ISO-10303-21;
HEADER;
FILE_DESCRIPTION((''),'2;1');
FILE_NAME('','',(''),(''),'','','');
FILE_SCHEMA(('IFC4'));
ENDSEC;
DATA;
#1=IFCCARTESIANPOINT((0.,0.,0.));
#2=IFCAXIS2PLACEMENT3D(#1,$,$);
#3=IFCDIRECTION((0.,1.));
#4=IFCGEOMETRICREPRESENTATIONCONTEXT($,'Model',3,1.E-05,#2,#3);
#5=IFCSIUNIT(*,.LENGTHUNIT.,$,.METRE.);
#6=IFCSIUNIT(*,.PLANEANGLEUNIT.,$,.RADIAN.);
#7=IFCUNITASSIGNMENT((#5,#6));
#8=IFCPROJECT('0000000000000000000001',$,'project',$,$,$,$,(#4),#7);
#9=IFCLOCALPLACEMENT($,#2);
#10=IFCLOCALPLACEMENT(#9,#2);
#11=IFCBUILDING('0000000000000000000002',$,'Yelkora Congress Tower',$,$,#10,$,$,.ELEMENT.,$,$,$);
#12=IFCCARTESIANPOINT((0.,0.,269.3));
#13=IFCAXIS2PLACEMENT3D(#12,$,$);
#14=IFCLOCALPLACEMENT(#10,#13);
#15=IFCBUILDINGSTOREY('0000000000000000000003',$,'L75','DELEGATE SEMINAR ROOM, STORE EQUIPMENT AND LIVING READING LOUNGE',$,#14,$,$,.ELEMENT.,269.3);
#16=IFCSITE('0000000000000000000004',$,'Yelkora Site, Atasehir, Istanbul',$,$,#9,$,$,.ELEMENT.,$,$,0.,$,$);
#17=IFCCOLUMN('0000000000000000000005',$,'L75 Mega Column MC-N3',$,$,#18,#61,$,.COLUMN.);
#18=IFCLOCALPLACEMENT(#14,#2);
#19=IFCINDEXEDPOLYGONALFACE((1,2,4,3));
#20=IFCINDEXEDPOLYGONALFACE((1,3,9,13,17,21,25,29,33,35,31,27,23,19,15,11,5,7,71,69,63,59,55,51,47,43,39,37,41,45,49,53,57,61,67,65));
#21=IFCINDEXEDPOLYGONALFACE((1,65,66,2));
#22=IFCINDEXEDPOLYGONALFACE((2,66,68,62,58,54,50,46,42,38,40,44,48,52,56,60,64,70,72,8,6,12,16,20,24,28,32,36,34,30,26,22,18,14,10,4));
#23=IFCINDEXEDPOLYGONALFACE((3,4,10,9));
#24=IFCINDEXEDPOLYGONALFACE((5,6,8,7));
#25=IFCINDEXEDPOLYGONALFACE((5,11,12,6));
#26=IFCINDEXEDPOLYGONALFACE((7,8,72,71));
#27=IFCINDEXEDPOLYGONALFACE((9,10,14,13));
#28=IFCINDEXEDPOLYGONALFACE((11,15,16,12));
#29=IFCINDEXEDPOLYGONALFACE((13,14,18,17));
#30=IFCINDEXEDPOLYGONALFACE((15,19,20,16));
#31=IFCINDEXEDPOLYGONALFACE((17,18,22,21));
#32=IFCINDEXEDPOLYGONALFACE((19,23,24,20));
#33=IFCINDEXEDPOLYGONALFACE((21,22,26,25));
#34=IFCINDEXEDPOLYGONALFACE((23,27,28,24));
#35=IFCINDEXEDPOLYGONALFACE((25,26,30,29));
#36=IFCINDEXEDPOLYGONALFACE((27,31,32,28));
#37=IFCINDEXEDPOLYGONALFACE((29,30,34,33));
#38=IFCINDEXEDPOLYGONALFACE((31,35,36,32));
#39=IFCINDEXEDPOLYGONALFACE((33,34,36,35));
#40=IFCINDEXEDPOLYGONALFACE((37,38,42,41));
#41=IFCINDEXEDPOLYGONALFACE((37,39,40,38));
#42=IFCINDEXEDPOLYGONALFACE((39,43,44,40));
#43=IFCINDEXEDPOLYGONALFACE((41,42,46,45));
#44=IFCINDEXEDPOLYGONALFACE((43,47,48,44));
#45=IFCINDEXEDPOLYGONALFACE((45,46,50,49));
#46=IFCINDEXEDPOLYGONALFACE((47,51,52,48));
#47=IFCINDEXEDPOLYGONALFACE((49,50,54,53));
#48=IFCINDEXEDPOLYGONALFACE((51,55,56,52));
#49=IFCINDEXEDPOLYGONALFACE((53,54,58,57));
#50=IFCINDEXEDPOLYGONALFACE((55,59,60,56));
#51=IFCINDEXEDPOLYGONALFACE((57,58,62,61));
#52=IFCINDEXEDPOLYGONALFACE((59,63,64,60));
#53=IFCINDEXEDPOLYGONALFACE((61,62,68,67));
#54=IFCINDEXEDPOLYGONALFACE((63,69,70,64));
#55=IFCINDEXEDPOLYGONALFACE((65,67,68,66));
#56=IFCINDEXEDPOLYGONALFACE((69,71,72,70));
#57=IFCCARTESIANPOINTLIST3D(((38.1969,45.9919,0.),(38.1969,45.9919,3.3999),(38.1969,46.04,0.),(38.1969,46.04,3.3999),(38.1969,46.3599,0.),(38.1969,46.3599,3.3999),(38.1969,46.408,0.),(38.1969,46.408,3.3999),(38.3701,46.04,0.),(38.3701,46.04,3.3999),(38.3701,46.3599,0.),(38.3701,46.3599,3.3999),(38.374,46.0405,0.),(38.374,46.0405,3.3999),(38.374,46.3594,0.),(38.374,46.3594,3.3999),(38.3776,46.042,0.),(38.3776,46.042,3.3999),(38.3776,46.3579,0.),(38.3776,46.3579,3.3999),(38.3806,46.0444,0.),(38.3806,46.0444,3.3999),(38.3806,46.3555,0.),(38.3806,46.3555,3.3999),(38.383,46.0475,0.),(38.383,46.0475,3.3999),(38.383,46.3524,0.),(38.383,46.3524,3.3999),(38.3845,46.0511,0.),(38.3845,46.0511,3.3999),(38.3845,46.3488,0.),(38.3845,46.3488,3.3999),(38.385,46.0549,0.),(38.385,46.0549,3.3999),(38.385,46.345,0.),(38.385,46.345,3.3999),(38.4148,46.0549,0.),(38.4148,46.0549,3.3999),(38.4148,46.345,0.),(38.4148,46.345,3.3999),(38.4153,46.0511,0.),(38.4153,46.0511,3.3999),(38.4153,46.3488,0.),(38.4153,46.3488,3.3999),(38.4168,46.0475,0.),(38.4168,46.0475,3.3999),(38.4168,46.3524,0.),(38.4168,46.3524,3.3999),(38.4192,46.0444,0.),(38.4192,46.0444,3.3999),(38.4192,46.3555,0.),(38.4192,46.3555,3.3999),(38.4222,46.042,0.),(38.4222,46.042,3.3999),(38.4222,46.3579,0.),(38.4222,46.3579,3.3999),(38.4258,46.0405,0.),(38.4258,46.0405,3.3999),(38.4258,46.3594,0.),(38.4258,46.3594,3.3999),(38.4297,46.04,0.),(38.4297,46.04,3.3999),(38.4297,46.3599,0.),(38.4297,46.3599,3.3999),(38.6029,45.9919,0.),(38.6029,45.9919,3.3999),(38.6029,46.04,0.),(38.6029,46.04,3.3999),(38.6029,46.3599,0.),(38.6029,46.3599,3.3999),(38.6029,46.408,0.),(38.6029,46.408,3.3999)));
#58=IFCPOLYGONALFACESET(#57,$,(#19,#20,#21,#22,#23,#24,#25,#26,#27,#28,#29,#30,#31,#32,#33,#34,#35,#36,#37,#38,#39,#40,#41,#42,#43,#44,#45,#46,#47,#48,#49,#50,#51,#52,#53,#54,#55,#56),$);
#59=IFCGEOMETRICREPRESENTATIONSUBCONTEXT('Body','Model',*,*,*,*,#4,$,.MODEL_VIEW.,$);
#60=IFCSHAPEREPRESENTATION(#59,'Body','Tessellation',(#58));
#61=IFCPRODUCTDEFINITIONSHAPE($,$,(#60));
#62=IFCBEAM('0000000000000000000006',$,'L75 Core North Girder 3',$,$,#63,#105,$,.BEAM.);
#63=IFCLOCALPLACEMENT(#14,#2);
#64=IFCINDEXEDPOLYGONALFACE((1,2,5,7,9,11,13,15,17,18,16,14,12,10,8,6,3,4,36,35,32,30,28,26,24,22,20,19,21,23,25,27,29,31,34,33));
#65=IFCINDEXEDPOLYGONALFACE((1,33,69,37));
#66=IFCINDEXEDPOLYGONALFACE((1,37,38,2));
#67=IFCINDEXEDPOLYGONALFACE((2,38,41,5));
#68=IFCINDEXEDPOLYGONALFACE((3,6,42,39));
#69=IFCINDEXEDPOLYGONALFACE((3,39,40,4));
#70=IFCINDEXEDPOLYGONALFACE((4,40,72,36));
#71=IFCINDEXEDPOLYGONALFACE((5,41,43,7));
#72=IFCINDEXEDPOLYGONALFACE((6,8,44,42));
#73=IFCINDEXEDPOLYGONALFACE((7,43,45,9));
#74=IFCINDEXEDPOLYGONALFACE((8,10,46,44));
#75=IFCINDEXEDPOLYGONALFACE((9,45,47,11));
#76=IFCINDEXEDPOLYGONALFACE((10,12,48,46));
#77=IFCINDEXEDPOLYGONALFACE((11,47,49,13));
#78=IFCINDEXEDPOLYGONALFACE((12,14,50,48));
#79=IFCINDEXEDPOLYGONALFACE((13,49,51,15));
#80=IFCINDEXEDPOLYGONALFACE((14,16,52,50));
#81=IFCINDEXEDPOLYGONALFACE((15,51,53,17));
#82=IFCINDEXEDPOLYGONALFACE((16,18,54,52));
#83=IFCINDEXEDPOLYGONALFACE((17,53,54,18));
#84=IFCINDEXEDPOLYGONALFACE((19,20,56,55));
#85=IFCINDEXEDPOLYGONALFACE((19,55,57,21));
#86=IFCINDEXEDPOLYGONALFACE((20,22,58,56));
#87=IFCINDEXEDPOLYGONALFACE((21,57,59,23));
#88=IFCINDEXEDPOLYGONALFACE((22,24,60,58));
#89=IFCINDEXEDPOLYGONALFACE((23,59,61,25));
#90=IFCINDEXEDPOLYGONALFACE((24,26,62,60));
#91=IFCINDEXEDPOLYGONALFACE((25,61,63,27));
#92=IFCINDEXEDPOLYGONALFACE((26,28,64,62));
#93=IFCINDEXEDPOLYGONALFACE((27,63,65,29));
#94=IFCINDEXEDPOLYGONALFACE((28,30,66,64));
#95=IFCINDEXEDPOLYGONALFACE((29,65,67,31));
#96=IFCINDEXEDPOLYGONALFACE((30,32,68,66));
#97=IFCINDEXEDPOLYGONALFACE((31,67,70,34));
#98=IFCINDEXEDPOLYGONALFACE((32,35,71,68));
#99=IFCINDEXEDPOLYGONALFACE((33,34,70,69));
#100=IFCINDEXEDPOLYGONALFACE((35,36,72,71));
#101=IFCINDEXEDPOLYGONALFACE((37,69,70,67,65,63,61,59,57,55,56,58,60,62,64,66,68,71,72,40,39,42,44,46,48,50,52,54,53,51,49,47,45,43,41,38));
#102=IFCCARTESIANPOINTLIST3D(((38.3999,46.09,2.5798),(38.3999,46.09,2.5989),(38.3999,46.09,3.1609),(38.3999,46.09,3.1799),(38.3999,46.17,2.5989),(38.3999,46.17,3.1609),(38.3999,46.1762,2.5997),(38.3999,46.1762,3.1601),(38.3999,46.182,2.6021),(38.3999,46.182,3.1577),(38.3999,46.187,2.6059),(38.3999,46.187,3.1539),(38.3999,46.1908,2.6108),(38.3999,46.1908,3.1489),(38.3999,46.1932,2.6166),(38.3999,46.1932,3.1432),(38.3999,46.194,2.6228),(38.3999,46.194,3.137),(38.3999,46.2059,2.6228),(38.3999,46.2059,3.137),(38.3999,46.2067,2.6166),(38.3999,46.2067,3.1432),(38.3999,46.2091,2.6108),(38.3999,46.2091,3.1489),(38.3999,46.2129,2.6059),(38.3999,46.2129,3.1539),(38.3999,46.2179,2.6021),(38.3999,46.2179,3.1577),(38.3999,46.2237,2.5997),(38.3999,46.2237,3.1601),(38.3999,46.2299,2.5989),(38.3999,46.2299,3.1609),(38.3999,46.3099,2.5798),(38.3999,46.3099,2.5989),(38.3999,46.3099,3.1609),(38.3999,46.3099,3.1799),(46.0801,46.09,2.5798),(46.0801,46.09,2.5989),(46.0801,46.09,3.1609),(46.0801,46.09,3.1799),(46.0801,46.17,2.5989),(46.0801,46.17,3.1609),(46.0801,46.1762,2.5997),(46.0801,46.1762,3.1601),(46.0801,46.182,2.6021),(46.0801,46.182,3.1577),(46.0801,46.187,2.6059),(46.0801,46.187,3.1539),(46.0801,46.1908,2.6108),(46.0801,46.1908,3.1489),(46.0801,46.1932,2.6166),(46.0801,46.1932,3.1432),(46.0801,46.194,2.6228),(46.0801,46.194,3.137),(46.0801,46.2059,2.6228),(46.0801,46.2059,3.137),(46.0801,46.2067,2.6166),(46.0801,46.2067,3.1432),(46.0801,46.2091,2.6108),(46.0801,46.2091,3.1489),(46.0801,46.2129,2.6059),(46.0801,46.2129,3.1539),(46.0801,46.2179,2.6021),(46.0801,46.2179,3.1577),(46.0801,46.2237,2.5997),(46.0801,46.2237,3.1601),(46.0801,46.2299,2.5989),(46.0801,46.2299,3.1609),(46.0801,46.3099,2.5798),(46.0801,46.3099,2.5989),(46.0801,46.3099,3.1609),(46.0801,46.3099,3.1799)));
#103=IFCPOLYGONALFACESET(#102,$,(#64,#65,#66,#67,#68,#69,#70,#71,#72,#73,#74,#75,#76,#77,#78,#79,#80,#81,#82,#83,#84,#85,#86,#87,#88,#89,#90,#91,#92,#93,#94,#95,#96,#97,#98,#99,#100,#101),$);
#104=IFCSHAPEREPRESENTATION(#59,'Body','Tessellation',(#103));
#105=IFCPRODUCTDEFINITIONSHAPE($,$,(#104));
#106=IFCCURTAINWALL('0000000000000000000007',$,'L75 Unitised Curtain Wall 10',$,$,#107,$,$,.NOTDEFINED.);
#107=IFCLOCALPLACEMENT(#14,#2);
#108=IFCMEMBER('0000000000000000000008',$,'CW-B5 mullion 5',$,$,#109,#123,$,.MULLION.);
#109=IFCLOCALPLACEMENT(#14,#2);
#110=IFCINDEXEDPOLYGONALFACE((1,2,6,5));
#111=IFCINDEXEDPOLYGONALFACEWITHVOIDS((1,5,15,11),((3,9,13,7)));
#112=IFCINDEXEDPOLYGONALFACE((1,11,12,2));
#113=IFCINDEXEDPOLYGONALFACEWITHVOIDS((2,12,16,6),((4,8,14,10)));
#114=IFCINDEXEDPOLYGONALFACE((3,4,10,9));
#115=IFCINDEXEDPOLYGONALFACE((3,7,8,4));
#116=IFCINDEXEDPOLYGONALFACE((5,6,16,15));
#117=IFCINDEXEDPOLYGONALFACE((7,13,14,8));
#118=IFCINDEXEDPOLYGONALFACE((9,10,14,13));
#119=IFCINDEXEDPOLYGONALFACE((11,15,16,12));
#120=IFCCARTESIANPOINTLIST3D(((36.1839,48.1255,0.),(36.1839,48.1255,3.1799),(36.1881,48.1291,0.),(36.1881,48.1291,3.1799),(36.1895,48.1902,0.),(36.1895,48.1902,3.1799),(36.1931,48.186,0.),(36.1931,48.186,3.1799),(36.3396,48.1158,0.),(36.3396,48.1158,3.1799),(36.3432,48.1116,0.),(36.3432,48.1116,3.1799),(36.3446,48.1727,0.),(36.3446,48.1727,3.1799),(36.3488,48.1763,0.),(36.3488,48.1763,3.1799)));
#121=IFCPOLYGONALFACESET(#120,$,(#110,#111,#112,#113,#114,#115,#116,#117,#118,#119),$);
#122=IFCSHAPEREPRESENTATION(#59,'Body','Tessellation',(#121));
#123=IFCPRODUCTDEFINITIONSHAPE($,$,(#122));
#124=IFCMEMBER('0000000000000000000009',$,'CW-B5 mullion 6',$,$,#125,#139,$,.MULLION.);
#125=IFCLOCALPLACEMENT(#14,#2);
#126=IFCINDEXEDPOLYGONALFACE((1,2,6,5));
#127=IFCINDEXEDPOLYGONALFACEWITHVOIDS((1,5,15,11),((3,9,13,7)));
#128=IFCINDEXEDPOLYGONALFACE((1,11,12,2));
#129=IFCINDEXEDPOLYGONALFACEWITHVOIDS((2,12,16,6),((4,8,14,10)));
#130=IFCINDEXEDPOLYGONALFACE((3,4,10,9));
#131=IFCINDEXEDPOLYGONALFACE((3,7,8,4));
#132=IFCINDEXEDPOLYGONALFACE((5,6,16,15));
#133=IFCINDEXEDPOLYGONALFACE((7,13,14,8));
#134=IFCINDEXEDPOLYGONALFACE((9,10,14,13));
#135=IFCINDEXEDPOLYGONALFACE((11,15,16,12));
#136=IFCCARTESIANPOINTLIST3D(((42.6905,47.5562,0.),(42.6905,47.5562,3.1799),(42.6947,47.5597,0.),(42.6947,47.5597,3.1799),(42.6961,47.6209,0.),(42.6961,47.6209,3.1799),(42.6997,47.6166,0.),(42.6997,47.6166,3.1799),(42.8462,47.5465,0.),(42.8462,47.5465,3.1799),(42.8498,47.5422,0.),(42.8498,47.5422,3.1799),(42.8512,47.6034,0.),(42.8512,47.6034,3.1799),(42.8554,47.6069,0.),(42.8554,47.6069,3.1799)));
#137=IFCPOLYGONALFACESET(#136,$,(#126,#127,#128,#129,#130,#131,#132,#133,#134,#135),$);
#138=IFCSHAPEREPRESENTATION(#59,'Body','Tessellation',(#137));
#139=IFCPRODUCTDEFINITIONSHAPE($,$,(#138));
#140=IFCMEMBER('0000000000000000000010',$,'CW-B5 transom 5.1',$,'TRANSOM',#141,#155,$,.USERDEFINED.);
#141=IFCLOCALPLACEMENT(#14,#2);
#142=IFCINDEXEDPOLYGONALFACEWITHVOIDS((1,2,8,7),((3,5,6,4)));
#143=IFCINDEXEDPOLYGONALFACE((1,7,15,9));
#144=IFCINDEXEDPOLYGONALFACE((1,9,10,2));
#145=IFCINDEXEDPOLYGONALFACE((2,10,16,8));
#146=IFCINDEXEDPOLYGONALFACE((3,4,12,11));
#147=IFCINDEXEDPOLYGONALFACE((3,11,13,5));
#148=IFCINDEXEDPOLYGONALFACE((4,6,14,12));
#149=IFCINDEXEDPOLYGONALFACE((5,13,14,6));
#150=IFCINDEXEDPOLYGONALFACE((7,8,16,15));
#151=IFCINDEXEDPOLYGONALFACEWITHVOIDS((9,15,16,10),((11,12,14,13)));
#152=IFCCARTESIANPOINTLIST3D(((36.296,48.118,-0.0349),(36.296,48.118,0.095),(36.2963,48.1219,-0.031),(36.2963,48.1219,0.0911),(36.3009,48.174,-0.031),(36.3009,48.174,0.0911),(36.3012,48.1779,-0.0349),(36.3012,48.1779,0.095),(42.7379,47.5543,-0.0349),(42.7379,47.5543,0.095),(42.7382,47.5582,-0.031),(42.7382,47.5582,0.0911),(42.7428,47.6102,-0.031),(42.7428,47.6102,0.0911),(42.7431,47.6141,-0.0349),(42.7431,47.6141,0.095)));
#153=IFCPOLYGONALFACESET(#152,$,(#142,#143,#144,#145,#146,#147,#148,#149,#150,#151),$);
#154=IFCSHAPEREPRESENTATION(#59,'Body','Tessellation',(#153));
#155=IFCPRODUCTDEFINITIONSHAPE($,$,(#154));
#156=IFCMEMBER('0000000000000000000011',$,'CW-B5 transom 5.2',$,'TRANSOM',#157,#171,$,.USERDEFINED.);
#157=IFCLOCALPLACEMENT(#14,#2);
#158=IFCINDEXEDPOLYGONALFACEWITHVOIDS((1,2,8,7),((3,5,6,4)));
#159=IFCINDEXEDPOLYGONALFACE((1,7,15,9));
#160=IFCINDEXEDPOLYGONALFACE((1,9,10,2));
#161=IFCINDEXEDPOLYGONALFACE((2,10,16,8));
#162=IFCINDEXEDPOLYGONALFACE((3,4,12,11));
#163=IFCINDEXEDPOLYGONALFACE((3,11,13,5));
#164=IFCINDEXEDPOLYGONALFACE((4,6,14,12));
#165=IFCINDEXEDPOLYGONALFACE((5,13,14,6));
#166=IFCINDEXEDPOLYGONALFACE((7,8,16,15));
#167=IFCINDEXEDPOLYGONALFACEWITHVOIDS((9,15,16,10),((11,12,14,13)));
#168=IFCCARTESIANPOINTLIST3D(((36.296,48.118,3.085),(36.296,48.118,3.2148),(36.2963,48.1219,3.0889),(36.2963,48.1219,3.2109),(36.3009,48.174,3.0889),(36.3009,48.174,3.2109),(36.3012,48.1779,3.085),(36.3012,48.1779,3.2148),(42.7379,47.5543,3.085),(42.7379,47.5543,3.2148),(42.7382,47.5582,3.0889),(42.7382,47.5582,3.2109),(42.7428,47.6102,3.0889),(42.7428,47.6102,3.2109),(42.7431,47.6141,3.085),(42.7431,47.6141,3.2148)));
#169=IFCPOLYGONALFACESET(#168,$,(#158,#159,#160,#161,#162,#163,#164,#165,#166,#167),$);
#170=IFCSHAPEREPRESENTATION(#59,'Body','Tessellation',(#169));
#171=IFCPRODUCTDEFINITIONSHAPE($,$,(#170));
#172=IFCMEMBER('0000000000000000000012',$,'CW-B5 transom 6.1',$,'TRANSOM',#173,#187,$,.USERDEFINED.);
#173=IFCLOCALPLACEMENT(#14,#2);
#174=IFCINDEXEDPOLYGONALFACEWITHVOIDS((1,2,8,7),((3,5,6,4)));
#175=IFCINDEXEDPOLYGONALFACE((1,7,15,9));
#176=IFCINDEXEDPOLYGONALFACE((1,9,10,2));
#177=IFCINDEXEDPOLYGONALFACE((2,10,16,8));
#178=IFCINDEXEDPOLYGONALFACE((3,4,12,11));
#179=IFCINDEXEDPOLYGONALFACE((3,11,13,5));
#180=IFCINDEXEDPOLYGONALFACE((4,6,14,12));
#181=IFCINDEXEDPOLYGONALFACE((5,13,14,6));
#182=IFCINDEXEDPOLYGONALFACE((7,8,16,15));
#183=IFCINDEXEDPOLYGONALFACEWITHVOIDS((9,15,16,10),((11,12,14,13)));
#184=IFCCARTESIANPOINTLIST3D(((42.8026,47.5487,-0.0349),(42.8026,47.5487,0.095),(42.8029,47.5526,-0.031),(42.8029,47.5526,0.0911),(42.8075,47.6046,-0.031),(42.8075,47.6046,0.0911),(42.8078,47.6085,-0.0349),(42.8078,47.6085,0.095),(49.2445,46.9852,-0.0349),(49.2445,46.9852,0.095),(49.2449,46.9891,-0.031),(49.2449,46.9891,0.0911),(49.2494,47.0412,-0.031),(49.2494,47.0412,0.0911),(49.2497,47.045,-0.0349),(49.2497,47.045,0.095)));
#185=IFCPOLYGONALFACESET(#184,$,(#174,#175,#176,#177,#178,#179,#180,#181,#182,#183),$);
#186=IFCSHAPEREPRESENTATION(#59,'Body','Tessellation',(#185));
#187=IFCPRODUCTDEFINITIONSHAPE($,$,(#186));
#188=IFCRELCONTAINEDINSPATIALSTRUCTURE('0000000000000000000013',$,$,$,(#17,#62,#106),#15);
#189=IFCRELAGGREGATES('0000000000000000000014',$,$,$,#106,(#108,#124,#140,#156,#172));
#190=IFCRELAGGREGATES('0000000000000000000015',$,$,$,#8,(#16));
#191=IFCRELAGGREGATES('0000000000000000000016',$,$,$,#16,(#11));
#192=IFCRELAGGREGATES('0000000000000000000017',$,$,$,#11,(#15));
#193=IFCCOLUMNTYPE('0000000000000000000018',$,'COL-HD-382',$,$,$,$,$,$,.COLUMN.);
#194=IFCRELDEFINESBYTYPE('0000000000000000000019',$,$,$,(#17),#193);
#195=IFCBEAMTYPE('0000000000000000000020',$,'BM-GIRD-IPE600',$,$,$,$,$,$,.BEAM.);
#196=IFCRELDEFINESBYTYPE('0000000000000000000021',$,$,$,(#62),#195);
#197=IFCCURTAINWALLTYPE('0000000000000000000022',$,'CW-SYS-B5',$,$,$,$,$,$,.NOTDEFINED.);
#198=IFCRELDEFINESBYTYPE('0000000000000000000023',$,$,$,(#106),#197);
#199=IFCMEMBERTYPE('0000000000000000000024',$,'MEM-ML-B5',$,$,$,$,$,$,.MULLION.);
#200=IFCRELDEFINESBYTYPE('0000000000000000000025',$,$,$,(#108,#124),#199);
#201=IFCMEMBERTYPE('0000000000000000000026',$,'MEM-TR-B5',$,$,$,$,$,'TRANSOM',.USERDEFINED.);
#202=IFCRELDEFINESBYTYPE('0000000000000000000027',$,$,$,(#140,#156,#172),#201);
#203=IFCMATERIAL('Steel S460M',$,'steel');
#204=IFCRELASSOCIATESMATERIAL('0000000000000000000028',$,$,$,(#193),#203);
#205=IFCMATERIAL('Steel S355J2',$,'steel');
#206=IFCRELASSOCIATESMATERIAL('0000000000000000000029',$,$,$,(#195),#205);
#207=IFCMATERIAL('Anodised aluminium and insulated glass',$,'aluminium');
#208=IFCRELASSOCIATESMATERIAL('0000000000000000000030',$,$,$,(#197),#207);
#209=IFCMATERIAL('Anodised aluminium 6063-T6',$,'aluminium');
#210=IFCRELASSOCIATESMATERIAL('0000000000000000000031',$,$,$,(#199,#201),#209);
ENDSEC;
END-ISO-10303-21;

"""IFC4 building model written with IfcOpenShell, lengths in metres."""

from ifc_helpers import new_model, si_unit, direction, frame, origin, origin_2d, place, context, subcontext, project, spatial, hollow_rectangle, i_section, extrude, material, material_profile, profile_set, type_object, element, aggregate, save


model = new_model("IFC4")

# Units and contexts
model_context = context("Model", 3, precision=1e-05, world=origin(), true_north=direction((0.0, 1.0)))
body_context = subcontext(model_context, "Body", "Model", "MODEL_VIEW")
ifc_project = project(units=[si_unit("LENGTHUNIT", "METRE"), si_unit("PLANEANGLEUNIT", "RADIAN")], contexts=[model_context])

# Site, building, storey
site_placement = place(None, origin())
site = spatial("IfcSite", under=ifc_project, at=site_placement, Name="Yelkora Site, Atasehir, Istanbul", CompositionType="ELEMENT", RefElevation=0.0)
building_placement = place(site_placement, origin())
building = spatial("IfcBuilding", under=site, at=building_placement, Name="Yelkora Congress Tower", CompositionType="ELEMENT")
storey_placement = place(building_placement, frame((0.0, 0.0, 269.3)))
storey = spatial("IfcBuildingStorey", under=building, at=storey_placement, Name="L75", Description="DELEGATE SEMINAR ROOM, STORE EQUIPMENT AND LIVING READING LOUNGE", CompositionType="ELEMENT", Elevation=269.3)

# Column
ifc_material_1 = material(Name="Steel S460M", Category="steel")
ifc_material_profile_1 = material_profile(ifc_material_1, i_section(OverallWidth=0.406, OverallDepth=0.416, WebThickness=0.0298, FlangeThickness=0.0481, FilletRadius=0.0149, at=origin_2d()), Name="HD 400x382")
ifc_profile_set_1 = profile_set([ifc_material_profile_1], Name="Steel S460M")
column_type = type_object("IfcColumnType", Name="COL-HD-382", PredefinedType="COLUMN", material=ifc_profile_set_1)
column_placement = place(storey_placement, frame((38.3999, 46.2, 0.0), z_axis=(0.0, 0.0, 1.0), x_axis=(1.0, 0.0, 0.0)))
element("IfcColumn", 1, at=column_placement, inside=storey, type_object=column_type, Name="L75 Mega Column MC-N3", PredefinedType="COLUMN", context=body_context, shape_type="SweptSolid", body=[
    extrude(i_section(OverallWidth=0.406, OverallDepth=0.416, WebThickness=0.0298, FlangeThickness=0.0481, FilletRadius=0.0149, at=origin_2d()), origin(), (0.0, 0.0, 1.0), 3.3999),
])

# Beam
ifc_material_2 = material(Name="Steel S355J2", Category="steel")
ifc_material_profile_2 = material_profile(ifc_material_2, i_section(OverallWidth=0.22, OverallDepth=0.6001, WebThickness=0.012, FlangeThickness=0.019, FilletRadius=0.0239, at=origin_2d()), Name="IPE 600")
ifc_profile_set_2 = profile_set([ifc_material_profile_2], Name="Steel S355J2")
beam_type = type_object("IfcBeamType", Name="BM-GIRD-IPE600", PredefinedType="BEAM", material=ifc_profile_set_2)
beam_placement = place(storey_placement, frame((38.3999, 46.2, 2.8799), z_axis=(1.0, 0.0, 0.0), x_axis=(0.0, 1.0, 0.0)))
element("IfcBeam", 2, at=beam_placement, inside=storey, type_object=beam_type, Name="L75 Core North Girder 3", PredefinedType="BEAM", context=body_context, shape_type="SweptSolid", body=[
    extrude(i_section(OverallWidth=0.22, OverallDepth=0.6001, WebThickness=0.012, FlangeThickness=0.019, FilletRadius=0.0239, at=origin_2d()), origin(), (0.0, 0.0, 1.0), 7.6802),
])

# Curtain wall, members
ifc_material_3 = material(Name="Anodised aluminium and insulated glass", Category="aluminium")
curtain_wall_type = type_object("IfcCurtainWallType", Name="CW-SYS-B5", PredefinedType="NOTDEFINED", material=ifc_material_3)
curtain_wall_placement = place(storey_placement, origin())
curtain_wall = element("IfcCurtainWall", 3, at=curtain_wall_placement, inside=storey, type_object=curtain_wall_type, Name="L75 Unitised Curtain Wall 10", PredefinedType="NOTDEFINED")
ifc_material_4 = material(Name="Anodised aluminium 6063-T6", Category="aluminium")
ifc_material_profile_3 = material_profile(ifc_material_4, hollow_rectangle(XDim=0.0649, YDim=0.1599, WallThickness=0.0039, at=origin_2d()), Name="ALU 65x160x4")
ifc_profile_set_3 = profile_set([ifc_material_profile_3], Name="Anodised aluminium 6063-T6")
member_type_1 = type_object("IfcMemberType", Name="MEM-ML-B5", PredefinedType="MULLION", material=ifc_profile_set_3)
member_1_placement = place(storey_placement, frame((36.2664, 48.1509, 0.0), z_axis=(0.0, 0.0, 1.0), x_axis=(0.087157, 0.996195, 0.0)))
member_1 = element("IfcMember", 4, at=member_1_placement, type_object=member_type_1, Name="CW-B5 mullion 5", PredefinedType="MULLION", context=body_context, shape_type="SweptSolid", body=[
    extrude(hollow_rectangle(XDim=0.0649, YDim=0.1599, WallThickness=0.0039, at=origin_2d()), origin(), (0.0, 0.0, 1.0), 3.1799),
])
member_2_placement = place(storey_placement, frame((42.7729, 47.5815, 0.0), z_axis=(0.0, 0.0, 1.0), x_axis=(0.087157, 0.996195, 0.0)))
member_2 = element("IfcMember", 5, at=member_2_placement, type_object=member_type_1, Name="CW-B5 mullion 6", PredefinedType="MULLION", context=body_context, shape_type="SweptSolid", body=[
    extrude(hollow_rectangle(XDim=0.0649, YDim=0.1599, WallThickness=0.0039, at=origin_2d()), origin(), (0.0, 0.0, 1.0), 3.1799),
])
ifc_material_profile_4 = material_profile(ifc_material_4, hollow_rectangle(XDim=0.0601, YDim=0.1299, WallThickness=0.0039, at=origin_2d()), Name="ALU 60x130x4")
ifc_profile_set_4 = profile_set([ifc_material_profile_4], Name="Anodised aluminium 6063-T6")
member_type_2 = type_object("IfcMemberType", Name="MEM-TR-B5", ElementType="TRANSOM", PredefinedType="USERDEFINED", material=ifc_profile_set_4)
member_3_placement = place(storey_placement, frame((36.2986, 48.1479, 0.03), z_axis=(0.996193, -0.087175, 0.0), x_axis=(0.087175, 0.996193, 0.0)))
member_3 = element("IfcMember", 6, at=member_3_placement, type_object=member_type_2, Name="CW-B5 transom 5.1", ObjectType="TRANSOM", PredefinedType="USERDEFINED", context=body_context, shape_type="SweptSolid", body=[
    extrude(hollow_rectangle(XDim=0.0601, YDim=0.1299, WallThickness=0.0039, at=origin_2d()), origin(), (0.0, 0.0, 1.0), 6.4666),
])
member_4_placement = place(storey_placement, frame((36.2986, 48.1479, 3.1499), z_axis=(0.996193, -0.087175, 0.0), x_axis=(0.087175, 0.996193, 0.0)))
member_4 = element("IfcMember", 7, at=member_4_placement, type_object=member_type_2, Name="CW-B5 transom 5.2", ObjectType="TRANSOM", PredefinedType="USERDEFINED", context=body_context, shape_type="SweptSolid", body=[
    extrude(hollow_rectangle(XDim=0.0601, YDim=0.1299, WallThickness=0.0039, at=origin_2d()), origin(), (0.0, 0.0, 1.0), 6.4666),
])
member_5_placement = place(storey_placement, frame((42.8052, 47.5786, 0.03), z_axis=(0.996196, -0.087138, 0.0), x_axis=(0.087138, 0.996196, 0.0)))
member_5 = element("IfcMember", 8, at=member_5_placement, type_object=member_type_2, Name="CW-B5 transom 6.1", ObjectType="TRANSOM", PredefinedType="USERDEFINED", context=body_context, shape_type="SweptSolid", body=[
    extrude(hollow_rectangle(XDim=0.0601, YDim=0.1299, WallThickness=0.0039, at=origin_2d()), origin(), (0.0, 0.0, 1.0), 6.4666),
])
aggregate(curtain_wall, [member_1, member_2, member_3, member_4, member_5])

save(model, "model.ifc")
